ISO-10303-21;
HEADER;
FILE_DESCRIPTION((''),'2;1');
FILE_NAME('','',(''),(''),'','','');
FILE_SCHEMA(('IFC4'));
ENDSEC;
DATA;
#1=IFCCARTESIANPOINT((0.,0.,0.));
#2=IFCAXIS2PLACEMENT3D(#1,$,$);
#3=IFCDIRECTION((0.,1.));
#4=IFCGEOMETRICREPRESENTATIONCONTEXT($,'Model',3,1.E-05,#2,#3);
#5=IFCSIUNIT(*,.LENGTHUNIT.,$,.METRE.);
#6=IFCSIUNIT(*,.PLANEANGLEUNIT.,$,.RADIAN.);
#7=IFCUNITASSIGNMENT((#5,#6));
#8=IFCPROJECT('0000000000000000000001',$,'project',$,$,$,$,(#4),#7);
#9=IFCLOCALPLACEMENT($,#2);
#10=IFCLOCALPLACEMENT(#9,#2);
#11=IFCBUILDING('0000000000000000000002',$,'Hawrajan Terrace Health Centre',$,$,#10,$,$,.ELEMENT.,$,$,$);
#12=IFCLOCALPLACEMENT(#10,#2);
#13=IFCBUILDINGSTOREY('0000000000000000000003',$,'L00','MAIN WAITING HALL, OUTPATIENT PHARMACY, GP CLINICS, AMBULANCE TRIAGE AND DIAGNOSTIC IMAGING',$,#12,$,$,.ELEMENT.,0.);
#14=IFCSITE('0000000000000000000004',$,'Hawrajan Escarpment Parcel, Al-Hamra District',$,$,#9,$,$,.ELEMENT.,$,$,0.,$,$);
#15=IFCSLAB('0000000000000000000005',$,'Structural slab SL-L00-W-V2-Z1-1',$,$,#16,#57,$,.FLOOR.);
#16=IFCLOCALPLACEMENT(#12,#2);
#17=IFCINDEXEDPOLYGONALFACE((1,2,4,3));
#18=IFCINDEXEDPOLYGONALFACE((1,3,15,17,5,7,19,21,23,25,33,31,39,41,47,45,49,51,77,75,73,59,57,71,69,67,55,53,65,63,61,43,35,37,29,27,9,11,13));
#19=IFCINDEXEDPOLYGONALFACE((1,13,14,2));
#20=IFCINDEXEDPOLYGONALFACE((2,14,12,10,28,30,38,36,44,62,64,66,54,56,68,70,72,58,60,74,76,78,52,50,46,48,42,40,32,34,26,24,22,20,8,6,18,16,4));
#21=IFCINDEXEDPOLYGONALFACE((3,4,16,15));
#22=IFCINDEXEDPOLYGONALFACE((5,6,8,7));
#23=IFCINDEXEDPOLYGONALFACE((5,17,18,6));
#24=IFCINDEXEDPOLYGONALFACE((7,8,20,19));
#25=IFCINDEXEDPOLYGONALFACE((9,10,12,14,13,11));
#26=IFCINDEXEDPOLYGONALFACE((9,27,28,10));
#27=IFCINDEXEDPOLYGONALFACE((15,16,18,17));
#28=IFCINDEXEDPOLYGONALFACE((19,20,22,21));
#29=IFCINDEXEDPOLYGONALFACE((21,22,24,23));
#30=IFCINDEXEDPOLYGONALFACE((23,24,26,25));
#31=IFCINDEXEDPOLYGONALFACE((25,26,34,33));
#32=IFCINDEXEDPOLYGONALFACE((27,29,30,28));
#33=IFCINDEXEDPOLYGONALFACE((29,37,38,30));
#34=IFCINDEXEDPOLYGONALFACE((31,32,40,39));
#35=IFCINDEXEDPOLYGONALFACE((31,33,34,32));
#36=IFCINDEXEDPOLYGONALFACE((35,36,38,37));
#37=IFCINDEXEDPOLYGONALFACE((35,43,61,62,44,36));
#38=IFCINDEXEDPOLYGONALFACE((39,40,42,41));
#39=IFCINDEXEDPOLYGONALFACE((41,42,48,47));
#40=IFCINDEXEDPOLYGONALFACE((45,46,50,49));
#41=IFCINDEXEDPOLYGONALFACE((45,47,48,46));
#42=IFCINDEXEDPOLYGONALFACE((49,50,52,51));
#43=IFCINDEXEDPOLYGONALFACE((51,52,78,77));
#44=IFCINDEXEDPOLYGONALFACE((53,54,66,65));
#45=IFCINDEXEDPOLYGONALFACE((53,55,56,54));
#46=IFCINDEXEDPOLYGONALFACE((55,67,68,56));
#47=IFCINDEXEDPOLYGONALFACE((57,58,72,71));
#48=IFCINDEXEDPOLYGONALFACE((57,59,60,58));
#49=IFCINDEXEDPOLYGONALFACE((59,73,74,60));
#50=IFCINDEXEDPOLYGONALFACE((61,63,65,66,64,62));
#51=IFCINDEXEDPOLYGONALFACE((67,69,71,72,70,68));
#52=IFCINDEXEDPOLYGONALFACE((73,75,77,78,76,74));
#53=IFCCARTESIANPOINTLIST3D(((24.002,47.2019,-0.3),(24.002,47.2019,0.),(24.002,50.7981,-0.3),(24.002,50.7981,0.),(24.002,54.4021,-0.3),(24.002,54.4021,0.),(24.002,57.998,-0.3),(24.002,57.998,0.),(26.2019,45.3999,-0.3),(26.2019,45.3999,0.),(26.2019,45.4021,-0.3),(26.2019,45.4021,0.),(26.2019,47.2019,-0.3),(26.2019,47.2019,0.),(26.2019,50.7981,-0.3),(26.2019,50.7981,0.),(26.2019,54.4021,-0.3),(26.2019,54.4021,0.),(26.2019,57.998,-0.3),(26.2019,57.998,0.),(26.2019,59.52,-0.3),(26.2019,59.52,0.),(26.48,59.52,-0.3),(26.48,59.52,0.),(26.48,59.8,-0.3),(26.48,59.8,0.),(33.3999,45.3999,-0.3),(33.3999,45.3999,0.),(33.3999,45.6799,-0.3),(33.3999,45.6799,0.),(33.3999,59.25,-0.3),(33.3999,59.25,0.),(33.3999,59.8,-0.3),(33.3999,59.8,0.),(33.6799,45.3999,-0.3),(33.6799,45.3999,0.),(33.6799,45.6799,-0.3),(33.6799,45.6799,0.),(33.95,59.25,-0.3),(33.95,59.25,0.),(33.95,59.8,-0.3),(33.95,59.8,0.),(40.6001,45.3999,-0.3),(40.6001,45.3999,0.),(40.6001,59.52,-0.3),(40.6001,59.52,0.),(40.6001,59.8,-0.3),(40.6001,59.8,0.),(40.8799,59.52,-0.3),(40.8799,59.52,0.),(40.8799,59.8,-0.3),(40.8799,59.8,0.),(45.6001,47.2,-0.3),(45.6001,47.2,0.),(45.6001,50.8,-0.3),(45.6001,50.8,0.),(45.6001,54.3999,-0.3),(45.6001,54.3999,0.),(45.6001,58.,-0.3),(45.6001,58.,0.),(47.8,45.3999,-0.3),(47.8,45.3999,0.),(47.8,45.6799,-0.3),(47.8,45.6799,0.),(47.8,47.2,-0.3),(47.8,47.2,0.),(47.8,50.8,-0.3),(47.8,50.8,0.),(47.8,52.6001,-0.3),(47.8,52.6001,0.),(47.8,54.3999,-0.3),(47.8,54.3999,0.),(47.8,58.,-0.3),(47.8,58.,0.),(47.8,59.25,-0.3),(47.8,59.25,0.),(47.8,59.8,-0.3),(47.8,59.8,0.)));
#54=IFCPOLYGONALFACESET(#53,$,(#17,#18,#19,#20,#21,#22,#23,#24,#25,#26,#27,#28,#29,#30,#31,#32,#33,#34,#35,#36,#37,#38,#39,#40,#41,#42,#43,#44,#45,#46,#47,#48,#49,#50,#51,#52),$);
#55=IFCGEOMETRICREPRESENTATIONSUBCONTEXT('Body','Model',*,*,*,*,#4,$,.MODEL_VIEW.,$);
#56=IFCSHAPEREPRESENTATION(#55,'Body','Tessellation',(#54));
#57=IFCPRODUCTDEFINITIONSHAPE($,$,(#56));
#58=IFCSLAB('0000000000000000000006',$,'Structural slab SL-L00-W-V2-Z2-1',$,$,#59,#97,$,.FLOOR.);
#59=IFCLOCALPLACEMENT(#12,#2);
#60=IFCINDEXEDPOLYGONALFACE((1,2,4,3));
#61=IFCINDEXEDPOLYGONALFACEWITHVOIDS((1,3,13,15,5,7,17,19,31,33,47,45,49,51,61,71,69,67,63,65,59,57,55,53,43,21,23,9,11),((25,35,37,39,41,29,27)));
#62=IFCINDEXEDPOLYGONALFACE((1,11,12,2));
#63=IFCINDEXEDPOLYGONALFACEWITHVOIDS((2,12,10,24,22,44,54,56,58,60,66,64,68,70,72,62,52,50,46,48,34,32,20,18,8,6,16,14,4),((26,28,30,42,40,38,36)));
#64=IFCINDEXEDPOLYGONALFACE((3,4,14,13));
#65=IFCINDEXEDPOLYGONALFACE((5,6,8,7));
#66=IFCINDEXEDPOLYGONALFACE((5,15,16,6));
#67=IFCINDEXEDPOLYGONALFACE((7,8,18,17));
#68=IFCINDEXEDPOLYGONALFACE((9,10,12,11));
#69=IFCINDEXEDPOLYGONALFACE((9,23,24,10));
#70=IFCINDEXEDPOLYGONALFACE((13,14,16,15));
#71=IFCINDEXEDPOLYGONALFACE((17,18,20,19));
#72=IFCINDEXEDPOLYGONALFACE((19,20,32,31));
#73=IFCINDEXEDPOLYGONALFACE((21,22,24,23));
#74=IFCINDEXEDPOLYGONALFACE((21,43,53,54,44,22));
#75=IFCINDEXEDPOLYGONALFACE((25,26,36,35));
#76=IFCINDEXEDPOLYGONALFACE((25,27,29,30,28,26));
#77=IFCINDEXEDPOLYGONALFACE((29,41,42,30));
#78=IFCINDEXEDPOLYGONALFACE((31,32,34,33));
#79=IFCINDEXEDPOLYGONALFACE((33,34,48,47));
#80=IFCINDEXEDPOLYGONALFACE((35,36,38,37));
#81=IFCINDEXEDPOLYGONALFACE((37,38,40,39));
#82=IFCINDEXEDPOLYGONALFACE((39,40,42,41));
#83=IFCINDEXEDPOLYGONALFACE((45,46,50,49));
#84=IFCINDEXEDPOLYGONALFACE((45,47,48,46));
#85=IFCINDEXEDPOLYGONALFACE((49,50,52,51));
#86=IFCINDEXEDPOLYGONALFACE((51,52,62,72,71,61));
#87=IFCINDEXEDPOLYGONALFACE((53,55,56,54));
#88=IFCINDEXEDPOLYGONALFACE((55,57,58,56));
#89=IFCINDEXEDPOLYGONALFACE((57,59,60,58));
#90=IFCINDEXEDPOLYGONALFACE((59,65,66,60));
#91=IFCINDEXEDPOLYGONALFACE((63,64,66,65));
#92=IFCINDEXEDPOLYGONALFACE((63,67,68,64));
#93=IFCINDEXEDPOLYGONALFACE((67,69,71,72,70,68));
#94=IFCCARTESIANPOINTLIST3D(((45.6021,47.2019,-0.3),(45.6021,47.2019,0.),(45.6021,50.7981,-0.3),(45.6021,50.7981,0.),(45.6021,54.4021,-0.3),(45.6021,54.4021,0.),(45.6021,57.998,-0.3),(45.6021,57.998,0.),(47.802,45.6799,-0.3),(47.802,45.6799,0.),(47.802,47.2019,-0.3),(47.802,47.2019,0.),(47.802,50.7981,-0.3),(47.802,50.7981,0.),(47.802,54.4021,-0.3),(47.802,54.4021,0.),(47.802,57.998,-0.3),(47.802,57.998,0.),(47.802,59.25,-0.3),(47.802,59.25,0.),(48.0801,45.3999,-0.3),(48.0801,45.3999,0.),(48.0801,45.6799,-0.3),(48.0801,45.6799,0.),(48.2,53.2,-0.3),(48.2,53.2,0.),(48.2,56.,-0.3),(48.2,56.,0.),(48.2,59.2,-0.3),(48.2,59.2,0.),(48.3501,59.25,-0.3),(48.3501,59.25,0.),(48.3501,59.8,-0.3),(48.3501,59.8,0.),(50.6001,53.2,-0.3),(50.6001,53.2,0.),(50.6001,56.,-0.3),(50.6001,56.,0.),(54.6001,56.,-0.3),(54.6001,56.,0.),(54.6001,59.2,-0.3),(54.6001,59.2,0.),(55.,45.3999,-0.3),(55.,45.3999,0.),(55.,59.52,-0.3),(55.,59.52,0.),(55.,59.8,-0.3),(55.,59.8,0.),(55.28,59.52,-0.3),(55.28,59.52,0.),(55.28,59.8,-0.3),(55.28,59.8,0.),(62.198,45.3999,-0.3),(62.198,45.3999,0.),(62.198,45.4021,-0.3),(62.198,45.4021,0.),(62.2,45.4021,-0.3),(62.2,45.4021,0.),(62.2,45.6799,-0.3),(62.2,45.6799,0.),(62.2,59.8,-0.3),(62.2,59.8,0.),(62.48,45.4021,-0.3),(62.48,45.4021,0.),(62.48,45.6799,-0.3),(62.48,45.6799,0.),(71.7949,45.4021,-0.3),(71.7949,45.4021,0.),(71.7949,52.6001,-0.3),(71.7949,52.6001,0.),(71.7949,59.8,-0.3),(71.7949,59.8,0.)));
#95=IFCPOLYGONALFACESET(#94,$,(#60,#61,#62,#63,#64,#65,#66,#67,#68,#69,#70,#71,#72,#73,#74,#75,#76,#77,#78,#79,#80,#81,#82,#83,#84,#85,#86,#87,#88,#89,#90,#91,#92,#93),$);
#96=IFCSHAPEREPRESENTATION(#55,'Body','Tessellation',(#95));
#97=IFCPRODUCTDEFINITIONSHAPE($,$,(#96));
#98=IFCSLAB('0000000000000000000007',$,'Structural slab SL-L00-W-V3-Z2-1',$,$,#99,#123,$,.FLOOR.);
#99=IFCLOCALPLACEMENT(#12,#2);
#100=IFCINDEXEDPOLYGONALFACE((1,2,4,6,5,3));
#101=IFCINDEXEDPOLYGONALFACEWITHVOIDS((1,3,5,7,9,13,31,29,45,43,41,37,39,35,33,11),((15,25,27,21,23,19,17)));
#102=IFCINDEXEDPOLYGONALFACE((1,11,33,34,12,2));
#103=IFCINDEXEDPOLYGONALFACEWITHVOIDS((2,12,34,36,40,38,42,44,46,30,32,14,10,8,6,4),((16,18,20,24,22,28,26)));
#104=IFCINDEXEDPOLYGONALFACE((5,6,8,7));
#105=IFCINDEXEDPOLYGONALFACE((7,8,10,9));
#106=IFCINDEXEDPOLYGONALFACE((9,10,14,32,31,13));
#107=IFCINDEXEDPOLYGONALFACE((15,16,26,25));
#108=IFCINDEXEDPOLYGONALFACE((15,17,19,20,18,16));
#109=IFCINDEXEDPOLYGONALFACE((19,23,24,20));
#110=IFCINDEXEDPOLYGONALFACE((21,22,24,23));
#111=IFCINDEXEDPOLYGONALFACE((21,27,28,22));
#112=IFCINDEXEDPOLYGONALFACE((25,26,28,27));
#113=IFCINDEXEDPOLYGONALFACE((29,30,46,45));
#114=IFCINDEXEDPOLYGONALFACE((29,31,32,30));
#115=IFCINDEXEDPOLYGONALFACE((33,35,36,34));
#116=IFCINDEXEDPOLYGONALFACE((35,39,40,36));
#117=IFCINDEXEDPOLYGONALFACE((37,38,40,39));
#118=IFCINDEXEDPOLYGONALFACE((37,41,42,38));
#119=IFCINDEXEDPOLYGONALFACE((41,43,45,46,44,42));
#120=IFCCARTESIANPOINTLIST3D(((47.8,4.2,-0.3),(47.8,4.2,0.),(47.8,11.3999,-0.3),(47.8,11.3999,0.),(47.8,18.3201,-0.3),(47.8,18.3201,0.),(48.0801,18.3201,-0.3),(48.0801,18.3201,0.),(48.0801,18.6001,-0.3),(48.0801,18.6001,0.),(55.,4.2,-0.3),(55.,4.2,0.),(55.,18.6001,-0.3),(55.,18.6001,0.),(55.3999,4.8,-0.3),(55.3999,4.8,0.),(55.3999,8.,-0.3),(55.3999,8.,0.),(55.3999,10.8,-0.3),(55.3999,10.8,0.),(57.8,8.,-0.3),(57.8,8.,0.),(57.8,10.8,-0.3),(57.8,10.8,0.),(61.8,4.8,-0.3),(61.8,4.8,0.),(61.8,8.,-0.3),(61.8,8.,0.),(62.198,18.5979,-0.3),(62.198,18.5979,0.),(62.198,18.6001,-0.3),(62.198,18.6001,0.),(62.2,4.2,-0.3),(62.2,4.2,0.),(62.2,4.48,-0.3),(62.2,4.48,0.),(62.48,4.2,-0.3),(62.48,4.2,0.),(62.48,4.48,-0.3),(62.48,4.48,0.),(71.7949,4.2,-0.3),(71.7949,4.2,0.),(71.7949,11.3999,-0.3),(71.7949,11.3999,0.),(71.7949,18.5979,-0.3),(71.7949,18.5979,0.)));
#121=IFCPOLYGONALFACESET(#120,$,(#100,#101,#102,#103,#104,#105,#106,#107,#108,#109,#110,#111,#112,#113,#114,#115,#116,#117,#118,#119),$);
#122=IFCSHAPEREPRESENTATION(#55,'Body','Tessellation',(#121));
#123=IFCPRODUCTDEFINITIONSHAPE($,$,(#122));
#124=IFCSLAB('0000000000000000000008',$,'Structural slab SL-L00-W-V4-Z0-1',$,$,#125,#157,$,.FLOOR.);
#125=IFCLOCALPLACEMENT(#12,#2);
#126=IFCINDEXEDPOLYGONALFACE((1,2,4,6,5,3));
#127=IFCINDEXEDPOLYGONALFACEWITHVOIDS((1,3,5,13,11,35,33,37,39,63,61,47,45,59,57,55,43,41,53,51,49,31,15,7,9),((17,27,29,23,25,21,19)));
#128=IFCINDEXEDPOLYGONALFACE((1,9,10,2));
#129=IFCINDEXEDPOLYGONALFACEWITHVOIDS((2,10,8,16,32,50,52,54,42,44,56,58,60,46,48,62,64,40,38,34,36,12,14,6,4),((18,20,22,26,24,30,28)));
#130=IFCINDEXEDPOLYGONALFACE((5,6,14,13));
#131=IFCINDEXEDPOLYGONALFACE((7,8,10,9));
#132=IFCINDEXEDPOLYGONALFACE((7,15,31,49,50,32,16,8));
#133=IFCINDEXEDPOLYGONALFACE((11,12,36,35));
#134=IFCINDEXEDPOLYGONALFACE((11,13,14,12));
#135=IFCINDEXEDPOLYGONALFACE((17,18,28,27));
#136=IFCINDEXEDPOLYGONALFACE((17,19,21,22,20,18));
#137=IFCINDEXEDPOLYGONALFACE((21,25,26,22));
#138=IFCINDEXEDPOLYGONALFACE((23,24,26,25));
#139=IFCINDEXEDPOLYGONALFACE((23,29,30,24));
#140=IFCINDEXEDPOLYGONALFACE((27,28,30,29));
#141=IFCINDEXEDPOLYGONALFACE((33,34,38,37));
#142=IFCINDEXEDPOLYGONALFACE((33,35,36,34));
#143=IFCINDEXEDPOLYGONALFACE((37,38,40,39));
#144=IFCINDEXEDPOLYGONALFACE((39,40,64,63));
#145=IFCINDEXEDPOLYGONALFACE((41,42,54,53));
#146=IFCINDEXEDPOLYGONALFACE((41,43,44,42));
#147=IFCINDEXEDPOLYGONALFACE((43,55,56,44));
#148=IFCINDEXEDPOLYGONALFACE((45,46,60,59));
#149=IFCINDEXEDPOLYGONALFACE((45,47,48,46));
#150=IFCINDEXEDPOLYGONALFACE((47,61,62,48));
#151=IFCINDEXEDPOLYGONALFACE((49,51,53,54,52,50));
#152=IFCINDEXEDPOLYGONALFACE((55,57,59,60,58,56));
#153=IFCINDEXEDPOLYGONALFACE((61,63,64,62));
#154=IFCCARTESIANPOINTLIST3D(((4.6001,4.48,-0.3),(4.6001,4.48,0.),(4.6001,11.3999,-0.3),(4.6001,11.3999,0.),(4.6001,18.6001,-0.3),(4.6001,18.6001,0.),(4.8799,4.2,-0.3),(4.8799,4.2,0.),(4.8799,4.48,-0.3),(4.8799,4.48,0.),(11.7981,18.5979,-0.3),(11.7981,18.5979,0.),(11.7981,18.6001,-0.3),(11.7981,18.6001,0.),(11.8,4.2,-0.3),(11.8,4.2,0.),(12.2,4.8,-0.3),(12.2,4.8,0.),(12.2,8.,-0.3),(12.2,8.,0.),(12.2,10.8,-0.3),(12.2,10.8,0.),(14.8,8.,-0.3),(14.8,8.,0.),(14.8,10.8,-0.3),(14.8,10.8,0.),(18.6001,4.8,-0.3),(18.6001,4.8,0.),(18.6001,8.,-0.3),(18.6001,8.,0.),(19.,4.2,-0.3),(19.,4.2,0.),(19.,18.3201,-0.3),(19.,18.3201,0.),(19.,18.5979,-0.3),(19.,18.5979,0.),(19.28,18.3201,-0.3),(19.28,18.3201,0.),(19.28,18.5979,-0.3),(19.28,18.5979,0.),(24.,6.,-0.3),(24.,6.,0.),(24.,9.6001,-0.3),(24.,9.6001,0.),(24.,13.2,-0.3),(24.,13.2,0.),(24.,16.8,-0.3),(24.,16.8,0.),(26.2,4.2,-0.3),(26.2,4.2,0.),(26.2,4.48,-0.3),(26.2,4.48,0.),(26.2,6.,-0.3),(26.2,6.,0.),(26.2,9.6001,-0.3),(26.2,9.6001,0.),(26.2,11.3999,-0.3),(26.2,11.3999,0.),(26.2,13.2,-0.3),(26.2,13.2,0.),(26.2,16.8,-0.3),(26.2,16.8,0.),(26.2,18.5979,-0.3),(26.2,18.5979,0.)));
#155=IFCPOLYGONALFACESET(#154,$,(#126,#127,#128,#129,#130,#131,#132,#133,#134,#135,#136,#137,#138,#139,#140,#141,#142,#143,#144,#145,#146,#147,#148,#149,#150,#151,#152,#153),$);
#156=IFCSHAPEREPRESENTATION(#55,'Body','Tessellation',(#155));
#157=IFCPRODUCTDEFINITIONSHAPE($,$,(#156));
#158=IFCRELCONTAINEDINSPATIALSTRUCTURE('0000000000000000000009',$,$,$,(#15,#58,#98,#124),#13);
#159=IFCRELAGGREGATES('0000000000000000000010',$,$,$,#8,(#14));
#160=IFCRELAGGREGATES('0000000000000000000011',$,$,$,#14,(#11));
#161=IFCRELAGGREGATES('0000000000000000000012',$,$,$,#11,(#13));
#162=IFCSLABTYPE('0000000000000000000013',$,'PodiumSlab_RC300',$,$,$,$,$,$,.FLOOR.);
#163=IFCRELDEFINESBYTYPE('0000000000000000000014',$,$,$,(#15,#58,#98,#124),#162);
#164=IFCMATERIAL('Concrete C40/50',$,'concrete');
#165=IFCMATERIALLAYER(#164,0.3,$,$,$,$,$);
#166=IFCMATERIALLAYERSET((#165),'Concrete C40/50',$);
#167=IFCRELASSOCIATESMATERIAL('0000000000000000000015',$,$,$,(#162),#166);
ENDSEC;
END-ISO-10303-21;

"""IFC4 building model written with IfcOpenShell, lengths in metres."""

from ifc_helpers import new_model, si_unit, direction, frame, origin, place, context, subcontext, project, spatial, polyline, outline, extrude, material, layer, layer_set, type_object, element, save


model = new_model("IFC4")

# Units and contexts
model_context = context("Model", 3, precision=1e-05, world=origin(), true_north=direction((0.0, 1.0)))
body_context = subcontext(model_context, "Body", "Model", "MODEL_VIEW")
ifc_project = project(units=[si_unit("LENGTHUNIT", "METRE"), si_unit("PLANEANGLEUNIT", "RADIAN")], contexts=[model_context])

# Site, building, storey
site_placement = place(None, origin())
site = spatial("IfcSite", under=ifc_project, at=site_placement, Name="Hawrajan Escarpment Parcel, Al-Hamra District", CompositionType="ELEMENT", RefElevation=0.0)
building_placement = place(site_placement, origin())
building = spatial("IfcBuilding", under=site, at=building_placement, Name="Hawrajan Terrace Health Centre", CompositionType="ELEMENT")
storey_placement = place(building_placement, origin())
storey = spatial("IfcBuildingStorey", under=building, at=storey_placement, Name="L00", Description="MAIN WAITING HALL, OUTPATIENT PHARMACY, GP CLINICS, AMBULANCE TRIAGE AND DIAGNOSTIC IMAGING", CompositionType="ELEMENT", Elevation=0.0)

# Slabs
ifc_material = material(Name="Concrete C40/50", Category="concrete")
ifc_layer_1 = layer(ifc_material, 0.3)
ifc_layer_set_1 = layer_set([ifc_layer_1], Name="Concrete C40/50")
slab_type_1 = type_object("IfcSlabType", Name="PodiumSlab_RC300", PredefinedType="FLOOR", material=ifc_layer_set_1)
slab_1_placement = place(storey_placement, frame((0.0, 0.0, -0.3)))
element("IfcSlab", 1, at=slab_1_placement, inside=storey, type_object=slab_type_1, Name="Structural slab SL-L00-W-V2-Z1-1", PredefinedType="FLOOR", context=body_context, shape_type="SweptSolid", body=[
    extrude(outline(polyline([(26.48, 59.52), (26.48, 59.8), (33.3999, 59.8), (33.3999, 59.25), (33.95, 59.25), (33.95, 59.8), (40.6001, 59.8), (40.6001, 59.52), (40.8799, 59.52), (40.8799, 59.8), (47.8, 59.8), (47.8, 59.25), (47.8, 58.0), (45.6001, 58.0), (45.6001, 54.3999), (47.8, 54.3999), (47.8, 52.6001), (47.8, 50.8), (45.6001, 50.8), (45.6001, 47.2), (47.8, 47.2), (47.8, 45.6799), (47.8, 45.3999), (40.6001, 45.3999), (33.6799, 45.3999), (33.6799, 45.6799), (33.3999, 45.6799), (33.3999, 45.3999), (26.2019, 45.3999), (26.2019, 45.4021), (26.2019, 47.2019), (24.002, 47.2019), (24.002, 50.7981), (26.2019, 50.7981), (26.2019, 54.4021), (24.002, 54.4021), (24.002, 57.998), (26.2019, 57.998), (26.2019, 59.52), (26.48, 59.52)])), origin(), (0.0, 0.0, 1.0), 0.3),
])
slab_2_placement = place(storey_placement, frame((0.0, 0.0, -0.3)))
element("IfcSlab", 2, at=slab_2_placement, inside=storey, type_object=slab_type_1, Name="Structural slab SL-L00-W-V2-Z2-1", PredefinedType="FLOOR", context=body_context, shape_type="SweptSolid", body=[
    extrude(outline(polyline([(48.3501, 59.25), (48.3501, 59.8), (55.0, 59.8), (55.0, 59.52), (55.28, 59.52), (55.28, 59.8), (62.2, 59.8), (71.7949, 59.8), (71.7949, 52.6001), (71.7949, 45.4021), (62.48, 45.4021), (62.48, 45.6799), (62.2, 45.6799), (62.2, 45.4021), (62.198, 45.4021), (62.198, 45.3999), (55.0, 45.3999), (48.0801, 45.3999), (48.0801, 45.6799), (47.802, 45.6799), (47.802, 47.2019), (45.6021, 47.2019), (45.6021, 50.7981), (47.802, 50.7981), (47.802, 54.4021), (45.6021, 54.4021), (45.6021, 57.998), (47.802, 57.998), (47.802, 59.25), (48.3501, 59.25)]), holes=[polyline([(48.2, 59.2), (48.2, 56.0), (48.2, 53.2), (50.6001, 53.2), (50.6001, 56.0), (54.6001, 56.0), (54.6001, 59.2), (48.2, 59.2)])]), origin(), (0.0, 0.0, 1.0), 0.3),
])
slab_3_placement = place(storey_placement, frame((0.0, 0.0, -0.3)))
element("IfcSlab", 3, at=slab_3_placement, inside=storey, type_object=slab_type_1, Name="Structural slab SL-L00-W-V3-Z2-1", PredefinedType="FLOOR", context=body_context, shape_type="SweptSolid", body=[
    extrude(outline(polyline([(48.0801, 18.3201), (48.0801, 18.6001), (55.0, 18.6001), (62.198, 18.6001), (62.198, 18.5979), (71.7949, 18.5979), (71.7949, 11.3999), (71.7949, 4.2), (62.48, 4.2), (62.48, 4.48), (62.2, 4.48), (62.2, 4.2), (55.0, 4.2), (47.8, 4.2), (47.8, 11.3999), (47.8, 18.3201), (48.0801, 18.3201)]), holes=[polyline([(61.8, 4.8), (61.8, 8.0), (57.8, 8.0), (57.8, 10.8), (55.3999, 10.8), (55.3999, 8.0), (55.3999, 4.8), (61.8, 4.8)])]), origin(), (0.0, 0.0, 1.0), 0.3),
])
slab_4_placement = place(storey_placement, frame((0.0, 0.0, -0.3)))
element("IfcSlab", 4, at=slab_4_placement, inside=storey, type_object=slab_type_1, Name="Structural slab SL-L00-W-V4-Z0-1", PredefinedType="FLOOR", context=body_context, shape_type="SweptSolid", body=[
    extrude(outline(polyline([(11.7981, 18.6001), (11.7981, 18.5979), (19.0, 18.5979), (19.0, 18.3201), (19.28, 18.3201), (19.28, 18.5979), (26.2, 18.5979), (26.2, 16.8), (24.0, 16.8), (24.0, 13.2), (26.2, 13.2), (26.2, 11.3999), (26.2, 9.6001), (24.0, 9.6001), (24.0, 6.0), (26.2, 6.0), (26.2, 4.48), (26.2, 4.2), (19.0, 4.2), (11.8, 4.2), (4.8799, 4.2), (4.8799, 4.48), (4.6001, 4.48), (4.6001, 11.3999), (4.6001, 18.6001), (11.7981, 18.6001)]), holes=[polyline([(12.2, 4.8), (18.6001, 4.8), (18.6001, 8.0), (14.8, 8.0), (14.8, 10.8), (12.2, 10.8), (12.2, 8.0), (12.2, 4.8)])]), origin(), (0.0, 0.0, 1.0), 0.3),
])

save(model, "model.ifc")
